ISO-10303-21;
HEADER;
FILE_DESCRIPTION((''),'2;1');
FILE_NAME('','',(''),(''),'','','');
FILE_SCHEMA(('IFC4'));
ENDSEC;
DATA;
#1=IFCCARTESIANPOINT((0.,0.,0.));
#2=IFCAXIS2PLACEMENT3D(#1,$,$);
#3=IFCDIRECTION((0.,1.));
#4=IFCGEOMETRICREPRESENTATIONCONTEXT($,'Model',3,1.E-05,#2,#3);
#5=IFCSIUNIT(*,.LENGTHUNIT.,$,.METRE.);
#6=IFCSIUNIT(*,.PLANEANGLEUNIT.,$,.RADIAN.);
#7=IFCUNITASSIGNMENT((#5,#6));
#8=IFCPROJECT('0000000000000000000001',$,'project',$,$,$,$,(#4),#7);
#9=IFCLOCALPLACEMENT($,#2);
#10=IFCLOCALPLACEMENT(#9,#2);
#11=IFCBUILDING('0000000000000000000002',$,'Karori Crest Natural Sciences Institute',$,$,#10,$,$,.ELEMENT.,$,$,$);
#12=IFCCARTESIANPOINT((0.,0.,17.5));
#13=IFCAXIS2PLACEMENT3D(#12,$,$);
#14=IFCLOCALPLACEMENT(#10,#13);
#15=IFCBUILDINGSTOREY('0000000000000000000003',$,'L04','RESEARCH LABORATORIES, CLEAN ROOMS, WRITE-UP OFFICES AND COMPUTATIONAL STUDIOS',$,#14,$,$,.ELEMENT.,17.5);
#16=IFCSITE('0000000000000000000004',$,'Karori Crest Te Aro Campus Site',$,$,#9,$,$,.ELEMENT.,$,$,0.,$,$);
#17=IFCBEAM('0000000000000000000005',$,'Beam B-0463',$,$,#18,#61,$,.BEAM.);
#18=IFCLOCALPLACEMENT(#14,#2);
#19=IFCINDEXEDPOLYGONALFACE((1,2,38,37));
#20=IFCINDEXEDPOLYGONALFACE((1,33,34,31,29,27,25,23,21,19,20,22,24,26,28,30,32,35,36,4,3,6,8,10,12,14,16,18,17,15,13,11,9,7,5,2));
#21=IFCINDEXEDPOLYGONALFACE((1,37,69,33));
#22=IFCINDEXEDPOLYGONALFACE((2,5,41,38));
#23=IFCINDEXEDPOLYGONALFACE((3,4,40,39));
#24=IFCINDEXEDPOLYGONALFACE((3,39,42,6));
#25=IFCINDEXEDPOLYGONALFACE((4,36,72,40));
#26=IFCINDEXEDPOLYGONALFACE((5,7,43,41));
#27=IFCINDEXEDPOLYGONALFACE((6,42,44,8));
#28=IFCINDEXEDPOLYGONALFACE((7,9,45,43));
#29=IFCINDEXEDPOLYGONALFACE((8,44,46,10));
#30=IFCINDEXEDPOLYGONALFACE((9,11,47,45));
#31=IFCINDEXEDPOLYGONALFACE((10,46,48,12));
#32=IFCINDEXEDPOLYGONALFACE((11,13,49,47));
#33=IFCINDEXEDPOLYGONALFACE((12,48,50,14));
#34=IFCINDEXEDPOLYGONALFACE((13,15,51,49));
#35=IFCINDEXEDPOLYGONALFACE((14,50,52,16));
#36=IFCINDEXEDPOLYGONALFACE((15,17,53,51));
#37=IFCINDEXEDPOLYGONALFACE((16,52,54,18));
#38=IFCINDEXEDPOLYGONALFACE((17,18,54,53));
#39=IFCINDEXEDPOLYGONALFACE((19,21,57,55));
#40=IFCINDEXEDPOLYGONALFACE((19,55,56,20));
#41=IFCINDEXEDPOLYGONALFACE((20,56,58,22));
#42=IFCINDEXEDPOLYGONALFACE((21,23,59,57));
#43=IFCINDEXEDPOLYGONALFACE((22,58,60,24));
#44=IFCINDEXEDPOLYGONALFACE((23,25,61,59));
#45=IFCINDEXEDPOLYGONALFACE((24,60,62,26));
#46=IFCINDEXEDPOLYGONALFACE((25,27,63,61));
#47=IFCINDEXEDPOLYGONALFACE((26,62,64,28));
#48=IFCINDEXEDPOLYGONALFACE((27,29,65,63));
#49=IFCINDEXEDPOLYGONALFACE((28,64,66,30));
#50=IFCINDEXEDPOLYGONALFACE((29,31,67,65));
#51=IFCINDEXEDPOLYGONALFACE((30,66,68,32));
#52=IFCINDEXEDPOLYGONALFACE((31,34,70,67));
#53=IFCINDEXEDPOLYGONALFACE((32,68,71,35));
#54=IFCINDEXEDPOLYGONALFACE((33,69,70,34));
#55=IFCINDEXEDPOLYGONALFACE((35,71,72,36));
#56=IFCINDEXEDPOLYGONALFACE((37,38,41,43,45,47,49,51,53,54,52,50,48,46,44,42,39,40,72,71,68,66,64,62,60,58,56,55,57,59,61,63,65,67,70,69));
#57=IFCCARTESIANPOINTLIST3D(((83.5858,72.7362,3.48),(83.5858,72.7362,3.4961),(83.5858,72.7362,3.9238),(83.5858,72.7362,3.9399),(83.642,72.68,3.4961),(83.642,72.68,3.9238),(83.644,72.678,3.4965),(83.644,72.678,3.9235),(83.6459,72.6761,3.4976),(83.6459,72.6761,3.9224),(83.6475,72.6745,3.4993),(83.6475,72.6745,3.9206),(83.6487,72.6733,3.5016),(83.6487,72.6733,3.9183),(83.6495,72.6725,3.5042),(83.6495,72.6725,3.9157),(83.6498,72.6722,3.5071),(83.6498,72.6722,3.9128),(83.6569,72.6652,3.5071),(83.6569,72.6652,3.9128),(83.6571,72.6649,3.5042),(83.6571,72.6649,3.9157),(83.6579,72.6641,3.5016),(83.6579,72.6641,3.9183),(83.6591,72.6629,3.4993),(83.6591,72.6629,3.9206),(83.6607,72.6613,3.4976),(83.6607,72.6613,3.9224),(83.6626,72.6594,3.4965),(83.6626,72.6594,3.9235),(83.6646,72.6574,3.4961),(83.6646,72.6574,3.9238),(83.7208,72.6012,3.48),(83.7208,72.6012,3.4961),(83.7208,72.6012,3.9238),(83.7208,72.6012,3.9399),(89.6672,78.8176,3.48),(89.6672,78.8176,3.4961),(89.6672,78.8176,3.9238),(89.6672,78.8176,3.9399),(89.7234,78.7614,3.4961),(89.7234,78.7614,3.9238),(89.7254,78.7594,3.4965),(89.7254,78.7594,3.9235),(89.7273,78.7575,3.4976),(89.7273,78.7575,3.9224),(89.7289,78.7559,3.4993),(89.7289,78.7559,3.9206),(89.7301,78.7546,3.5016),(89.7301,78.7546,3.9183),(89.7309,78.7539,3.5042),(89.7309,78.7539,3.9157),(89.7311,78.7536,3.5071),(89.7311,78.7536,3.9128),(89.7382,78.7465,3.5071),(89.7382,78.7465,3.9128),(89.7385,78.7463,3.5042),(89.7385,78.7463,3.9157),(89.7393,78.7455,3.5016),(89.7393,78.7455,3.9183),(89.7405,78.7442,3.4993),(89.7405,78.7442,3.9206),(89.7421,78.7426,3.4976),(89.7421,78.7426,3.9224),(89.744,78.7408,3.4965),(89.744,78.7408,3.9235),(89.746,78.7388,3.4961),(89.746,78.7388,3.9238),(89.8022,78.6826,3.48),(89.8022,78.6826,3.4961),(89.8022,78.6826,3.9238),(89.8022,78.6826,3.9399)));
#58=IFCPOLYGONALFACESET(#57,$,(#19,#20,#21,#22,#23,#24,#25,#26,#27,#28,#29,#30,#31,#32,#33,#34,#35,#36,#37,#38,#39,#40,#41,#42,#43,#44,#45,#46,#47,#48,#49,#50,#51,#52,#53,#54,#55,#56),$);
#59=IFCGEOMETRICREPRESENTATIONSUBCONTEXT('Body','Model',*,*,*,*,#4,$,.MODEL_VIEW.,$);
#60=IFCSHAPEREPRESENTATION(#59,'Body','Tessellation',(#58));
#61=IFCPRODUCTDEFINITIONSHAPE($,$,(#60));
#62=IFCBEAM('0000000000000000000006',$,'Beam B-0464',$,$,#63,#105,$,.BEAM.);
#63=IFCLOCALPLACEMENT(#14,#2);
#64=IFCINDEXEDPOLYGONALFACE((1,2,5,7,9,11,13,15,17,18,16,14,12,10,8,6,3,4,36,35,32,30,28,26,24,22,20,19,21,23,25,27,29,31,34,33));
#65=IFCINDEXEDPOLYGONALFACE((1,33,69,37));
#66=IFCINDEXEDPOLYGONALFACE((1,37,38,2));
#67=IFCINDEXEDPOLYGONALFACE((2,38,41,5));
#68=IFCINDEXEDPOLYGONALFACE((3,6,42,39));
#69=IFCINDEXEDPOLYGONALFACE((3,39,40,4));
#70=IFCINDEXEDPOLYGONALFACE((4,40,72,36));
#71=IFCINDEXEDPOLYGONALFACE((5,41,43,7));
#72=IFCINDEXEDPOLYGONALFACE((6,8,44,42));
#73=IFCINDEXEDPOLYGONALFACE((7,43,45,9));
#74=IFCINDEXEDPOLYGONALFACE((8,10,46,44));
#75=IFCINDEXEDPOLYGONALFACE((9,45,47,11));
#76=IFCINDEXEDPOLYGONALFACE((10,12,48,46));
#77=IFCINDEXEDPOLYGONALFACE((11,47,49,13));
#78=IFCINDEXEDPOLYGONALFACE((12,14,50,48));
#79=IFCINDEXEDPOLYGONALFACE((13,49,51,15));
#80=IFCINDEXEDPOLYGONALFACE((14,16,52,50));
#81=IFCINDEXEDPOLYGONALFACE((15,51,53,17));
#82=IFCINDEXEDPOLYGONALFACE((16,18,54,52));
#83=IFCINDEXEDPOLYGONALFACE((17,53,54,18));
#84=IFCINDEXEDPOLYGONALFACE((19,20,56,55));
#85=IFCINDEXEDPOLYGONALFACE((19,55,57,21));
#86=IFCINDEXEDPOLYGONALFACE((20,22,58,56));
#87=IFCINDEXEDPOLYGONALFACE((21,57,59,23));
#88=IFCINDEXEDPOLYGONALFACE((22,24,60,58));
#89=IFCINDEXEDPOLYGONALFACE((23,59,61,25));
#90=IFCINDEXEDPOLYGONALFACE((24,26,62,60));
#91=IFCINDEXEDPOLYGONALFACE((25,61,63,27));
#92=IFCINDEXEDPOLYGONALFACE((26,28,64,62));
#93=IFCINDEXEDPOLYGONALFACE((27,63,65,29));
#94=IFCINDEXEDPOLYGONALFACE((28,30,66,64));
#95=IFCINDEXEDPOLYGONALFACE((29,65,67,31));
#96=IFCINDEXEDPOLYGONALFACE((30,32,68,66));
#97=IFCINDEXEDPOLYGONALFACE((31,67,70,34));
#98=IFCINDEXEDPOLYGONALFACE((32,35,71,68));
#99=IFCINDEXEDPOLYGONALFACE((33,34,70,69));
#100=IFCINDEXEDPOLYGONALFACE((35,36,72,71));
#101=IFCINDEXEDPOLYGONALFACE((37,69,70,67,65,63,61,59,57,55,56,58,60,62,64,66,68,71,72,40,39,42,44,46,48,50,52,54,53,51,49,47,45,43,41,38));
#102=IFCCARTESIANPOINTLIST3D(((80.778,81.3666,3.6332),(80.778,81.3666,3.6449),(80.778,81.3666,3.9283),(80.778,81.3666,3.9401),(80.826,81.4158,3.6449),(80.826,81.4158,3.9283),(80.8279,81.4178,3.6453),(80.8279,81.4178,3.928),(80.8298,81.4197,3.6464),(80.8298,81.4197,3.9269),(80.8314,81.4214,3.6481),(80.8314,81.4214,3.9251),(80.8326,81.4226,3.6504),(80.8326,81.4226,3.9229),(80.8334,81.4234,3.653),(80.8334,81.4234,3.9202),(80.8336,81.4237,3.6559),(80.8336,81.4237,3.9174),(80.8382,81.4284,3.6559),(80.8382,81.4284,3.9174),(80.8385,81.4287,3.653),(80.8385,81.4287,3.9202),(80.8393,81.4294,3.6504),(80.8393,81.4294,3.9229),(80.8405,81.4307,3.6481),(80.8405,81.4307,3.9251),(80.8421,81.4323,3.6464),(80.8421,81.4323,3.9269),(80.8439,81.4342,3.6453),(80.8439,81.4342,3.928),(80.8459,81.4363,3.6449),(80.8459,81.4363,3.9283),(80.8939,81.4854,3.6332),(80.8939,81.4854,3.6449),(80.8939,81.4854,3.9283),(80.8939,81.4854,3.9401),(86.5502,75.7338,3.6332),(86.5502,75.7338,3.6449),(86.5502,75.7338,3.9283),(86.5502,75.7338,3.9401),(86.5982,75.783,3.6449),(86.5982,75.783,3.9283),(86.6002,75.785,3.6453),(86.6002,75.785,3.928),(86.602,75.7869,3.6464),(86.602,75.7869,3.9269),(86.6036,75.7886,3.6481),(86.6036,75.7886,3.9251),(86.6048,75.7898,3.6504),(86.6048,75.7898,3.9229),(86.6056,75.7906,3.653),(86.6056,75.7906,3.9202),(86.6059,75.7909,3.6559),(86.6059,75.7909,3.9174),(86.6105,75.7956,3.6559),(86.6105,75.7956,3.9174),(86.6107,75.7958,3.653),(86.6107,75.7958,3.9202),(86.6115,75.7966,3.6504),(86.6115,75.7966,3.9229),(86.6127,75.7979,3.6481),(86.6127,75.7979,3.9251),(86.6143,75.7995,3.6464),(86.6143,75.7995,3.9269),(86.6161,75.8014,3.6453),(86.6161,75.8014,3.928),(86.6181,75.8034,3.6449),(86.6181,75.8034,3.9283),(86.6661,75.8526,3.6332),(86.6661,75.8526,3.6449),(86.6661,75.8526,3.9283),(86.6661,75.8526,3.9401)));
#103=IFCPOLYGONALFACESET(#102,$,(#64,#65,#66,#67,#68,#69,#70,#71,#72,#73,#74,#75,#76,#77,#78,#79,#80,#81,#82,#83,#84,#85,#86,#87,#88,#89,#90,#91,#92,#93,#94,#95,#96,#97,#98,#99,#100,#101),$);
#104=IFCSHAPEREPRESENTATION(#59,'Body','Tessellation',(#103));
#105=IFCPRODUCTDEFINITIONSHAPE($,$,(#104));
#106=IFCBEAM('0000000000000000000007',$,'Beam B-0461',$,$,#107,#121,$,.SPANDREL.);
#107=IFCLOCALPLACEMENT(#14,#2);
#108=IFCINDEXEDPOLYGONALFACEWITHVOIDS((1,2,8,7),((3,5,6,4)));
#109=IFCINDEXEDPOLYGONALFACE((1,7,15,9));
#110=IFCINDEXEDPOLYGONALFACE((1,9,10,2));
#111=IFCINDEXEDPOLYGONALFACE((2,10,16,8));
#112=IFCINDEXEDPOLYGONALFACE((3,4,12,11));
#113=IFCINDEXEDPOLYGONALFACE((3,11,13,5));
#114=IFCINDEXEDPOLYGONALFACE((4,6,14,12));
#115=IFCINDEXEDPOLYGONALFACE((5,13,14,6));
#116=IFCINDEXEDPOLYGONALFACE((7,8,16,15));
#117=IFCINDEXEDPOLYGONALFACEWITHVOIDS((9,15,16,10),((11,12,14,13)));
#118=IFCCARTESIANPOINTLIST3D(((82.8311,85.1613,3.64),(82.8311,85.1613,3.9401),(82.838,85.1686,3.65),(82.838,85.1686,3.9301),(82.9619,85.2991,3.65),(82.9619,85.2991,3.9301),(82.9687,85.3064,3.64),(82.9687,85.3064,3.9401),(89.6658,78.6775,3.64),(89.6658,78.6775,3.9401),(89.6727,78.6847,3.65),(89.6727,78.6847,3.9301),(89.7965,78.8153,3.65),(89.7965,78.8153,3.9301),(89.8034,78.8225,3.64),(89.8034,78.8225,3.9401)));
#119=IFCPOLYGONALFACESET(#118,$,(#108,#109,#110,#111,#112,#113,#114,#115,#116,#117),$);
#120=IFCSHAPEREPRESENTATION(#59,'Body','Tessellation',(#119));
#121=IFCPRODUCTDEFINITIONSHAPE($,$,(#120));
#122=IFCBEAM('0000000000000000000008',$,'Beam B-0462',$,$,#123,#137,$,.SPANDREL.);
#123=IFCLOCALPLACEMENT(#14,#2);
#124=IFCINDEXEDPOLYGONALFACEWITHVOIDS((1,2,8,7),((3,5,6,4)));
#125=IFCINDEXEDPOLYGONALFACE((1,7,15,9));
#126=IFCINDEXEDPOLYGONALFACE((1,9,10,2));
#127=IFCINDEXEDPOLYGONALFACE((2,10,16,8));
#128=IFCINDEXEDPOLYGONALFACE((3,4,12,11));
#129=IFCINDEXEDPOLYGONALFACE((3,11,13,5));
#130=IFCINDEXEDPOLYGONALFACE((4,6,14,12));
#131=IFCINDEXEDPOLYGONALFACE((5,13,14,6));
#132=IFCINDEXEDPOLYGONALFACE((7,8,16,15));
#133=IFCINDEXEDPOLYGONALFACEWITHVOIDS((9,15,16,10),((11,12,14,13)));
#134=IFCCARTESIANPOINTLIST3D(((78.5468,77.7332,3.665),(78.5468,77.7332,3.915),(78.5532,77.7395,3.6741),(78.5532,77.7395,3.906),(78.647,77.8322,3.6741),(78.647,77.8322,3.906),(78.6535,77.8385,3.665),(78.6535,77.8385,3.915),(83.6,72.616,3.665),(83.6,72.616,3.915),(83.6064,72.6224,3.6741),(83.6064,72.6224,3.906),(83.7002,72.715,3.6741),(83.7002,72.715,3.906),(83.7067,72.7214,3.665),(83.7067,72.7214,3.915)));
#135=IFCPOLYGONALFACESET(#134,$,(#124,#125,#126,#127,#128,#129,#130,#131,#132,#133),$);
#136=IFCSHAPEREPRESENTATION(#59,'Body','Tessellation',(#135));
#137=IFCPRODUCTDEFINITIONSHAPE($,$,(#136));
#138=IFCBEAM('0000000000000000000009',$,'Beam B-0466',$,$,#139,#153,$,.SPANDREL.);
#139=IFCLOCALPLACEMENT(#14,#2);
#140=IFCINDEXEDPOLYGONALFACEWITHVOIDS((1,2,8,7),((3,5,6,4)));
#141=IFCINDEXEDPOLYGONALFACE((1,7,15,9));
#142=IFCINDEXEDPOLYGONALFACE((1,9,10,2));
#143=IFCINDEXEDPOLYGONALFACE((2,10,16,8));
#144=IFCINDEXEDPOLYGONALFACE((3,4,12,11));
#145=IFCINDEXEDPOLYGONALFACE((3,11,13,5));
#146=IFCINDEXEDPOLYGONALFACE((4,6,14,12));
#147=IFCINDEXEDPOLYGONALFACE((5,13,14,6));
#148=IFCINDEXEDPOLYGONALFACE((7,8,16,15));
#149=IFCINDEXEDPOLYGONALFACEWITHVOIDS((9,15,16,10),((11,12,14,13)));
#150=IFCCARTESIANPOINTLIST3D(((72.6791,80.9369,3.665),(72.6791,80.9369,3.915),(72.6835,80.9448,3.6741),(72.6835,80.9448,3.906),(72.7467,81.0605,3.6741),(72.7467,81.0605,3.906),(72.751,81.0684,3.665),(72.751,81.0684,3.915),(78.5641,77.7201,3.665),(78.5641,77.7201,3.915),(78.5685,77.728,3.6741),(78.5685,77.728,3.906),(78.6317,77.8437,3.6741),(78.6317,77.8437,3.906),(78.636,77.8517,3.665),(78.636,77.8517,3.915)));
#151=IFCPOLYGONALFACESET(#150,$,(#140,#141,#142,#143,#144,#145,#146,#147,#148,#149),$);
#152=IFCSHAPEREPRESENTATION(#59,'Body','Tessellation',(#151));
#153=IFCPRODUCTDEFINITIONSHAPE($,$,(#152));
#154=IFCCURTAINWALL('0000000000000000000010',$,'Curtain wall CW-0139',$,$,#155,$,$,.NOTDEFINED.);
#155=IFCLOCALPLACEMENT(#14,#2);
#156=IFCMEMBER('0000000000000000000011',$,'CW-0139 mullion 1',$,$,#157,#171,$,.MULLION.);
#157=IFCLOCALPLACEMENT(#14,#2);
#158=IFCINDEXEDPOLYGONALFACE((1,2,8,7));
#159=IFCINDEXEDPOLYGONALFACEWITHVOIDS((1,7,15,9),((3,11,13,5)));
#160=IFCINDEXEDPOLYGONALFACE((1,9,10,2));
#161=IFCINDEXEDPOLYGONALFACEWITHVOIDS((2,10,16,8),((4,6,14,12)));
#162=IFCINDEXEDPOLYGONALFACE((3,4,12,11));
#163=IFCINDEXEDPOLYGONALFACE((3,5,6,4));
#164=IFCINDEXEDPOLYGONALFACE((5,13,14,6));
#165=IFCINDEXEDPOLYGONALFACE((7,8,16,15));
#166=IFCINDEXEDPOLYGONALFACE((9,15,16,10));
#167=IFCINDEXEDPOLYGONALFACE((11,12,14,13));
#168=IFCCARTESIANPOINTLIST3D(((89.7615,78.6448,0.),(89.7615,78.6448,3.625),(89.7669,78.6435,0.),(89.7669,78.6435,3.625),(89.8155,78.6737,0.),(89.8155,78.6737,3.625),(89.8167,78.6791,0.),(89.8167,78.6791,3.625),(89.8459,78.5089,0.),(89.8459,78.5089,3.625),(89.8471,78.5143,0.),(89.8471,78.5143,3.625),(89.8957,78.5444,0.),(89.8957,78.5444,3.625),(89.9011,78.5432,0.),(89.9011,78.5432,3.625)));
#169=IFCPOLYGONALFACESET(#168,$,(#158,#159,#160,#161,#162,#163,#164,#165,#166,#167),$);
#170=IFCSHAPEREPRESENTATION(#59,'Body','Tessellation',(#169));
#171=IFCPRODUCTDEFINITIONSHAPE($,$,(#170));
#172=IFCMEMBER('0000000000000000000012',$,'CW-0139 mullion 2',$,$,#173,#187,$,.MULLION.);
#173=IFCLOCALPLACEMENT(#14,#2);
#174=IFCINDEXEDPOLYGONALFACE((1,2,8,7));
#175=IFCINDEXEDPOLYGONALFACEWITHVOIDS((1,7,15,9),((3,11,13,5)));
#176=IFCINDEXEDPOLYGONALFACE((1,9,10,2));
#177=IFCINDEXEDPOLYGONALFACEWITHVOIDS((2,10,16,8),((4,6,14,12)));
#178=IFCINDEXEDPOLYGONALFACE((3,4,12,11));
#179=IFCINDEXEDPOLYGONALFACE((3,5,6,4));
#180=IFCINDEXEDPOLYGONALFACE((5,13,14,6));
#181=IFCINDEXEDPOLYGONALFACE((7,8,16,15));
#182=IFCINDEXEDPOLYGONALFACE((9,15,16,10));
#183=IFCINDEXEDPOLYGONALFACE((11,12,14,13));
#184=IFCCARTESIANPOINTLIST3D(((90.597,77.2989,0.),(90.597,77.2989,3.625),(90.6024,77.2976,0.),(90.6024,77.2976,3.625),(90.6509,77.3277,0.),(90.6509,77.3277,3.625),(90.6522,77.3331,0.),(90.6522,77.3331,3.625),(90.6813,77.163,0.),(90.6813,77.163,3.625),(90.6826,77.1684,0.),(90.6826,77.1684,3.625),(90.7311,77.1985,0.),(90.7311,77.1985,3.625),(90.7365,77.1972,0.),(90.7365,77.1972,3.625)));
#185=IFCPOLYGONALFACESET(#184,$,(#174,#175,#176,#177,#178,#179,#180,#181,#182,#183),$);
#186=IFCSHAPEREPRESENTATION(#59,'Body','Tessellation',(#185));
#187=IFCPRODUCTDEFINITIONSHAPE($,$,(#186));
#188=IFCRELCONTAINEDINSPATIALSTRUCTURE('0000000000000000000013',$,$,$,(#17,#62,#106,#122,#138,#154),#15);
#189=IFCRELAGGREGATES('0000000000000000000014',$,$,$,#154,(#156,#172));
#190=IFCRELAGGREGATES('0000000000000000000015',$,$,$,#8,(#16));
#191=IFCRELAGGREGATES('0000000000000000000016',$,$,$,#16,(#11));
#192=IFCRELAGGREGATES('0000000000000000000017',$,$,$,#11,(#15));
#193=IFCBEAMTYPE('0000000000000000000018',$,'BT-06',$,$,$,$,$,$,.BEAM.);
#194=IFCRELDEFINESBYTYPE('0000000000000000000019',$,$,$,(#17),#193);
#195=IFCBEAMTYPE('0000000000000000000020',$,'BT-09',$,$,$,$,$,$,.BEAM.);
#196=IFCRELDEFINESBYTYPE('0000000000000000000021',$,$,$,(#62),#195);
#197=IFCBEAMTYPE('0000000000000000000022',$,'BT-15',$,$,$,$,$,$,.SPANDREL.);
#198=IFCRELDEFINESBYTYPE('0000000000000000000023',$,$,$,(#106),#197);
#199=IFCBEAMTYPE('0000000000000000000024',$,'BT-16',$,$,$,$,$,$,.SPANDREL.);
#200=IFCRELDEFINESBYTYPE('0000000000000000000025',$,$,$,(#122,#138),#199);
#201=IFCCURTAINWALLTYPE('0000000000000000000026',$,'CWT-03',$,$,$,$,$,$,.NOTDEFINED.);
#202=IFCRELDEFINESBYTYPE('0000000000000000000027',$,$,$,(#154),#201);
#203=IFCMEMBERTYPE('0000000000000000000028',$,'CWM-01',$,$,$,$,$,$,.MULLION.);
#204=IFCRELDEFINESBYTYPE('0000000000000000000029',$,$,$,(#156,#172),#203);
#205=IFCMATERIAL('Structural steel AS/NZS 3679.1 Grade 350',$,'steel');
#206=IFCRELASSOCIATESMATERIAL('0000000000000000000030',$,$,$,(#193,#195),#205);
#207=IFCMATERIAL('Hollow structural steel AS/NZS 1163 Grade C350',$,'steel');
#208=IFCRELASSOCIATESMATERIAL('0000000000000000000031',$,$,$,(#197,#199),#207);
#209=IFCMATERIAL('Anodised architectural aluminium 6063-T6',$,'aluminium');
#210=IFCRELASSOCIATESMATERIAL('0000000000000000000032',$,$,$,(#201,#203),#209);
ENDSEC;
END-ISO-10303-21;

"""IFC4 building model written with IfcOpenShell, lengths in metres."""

from ifc_helpers import new_model, si_unit, direction, frame, origin, origin_2d, place, context, subcontext, project, spatial, hollow_rectangle, i_section, extrude, material, material_profile, profile_set, type_object, element, aggregate, save


model = new_model("IFC4")

# Units and contexts
model_context = context("Model", 3, precision=1e-05, world=origin(), true_north=direction((0.0, 1.0)))
body_context = subcontext(model_context, "Body", "Model", "MODEL_VIEW")
ifc_project = project(units=[si_unit("LENGTHUNIT", "METRE"), si_unit("PLANEANGLEUNIT", "RADIAN")], contexts=[model_context])

# Site, building, storey
site_placement = place(None, origin())
site = spatial("IfcSite", under=ifc_project, at=site_placement, Name="Karori Crest Te Aro Campus Site", CompositionType="ELEMENT", RefElevation=0.0)
building_placement = place(site_placement, origin())
building = spatial("IfcBuilding", under=site, at=building_placement, Name="Karori Crest Natural Sciences Institute", CompositionType="ELEMENT")
storey_placement = place(building_placement, frame((0.0, 0.0, 17.5)))
storey = spatial("IfcBuildingStorey", under=building, at=storey_placement, Name="L04", Description="RESEARCH LABORATORIES, CLEAN ROOMS, WRITE-UP OFFICES AND COMPUTATIONAL STUDIOS", CompositionType="ELEMENT", Elevation=17.5)

# Shared definitions
ifc_material_1 = material(Name="Structural steel AS/NZS 3679.1 Grade 350", Category="steel")

# Beams
ifc_material_profile_1 = material_profile(ifc_material_1, i_section(OverallWidth=0.1909, OverallDepth=0.46, WebThickness=0.01, FlangeThickness=0.0161, FilletRadius=0.011, at=origin_2d()), Name="460UB82.1")
ifc_profile_set_1 = profile_set([ifc_material_profile_1], Name="Structural steel AS/NZS 3679.1 Grade 350")
beam_type_1 = type_object("IfcBeamType", Name="BT-06", PredefinedType="BEAM", material=ifc_profile_set_1)
beam_1_placement = place(storey_placement, frame((83.6533, 72.6687, 3.71), z_axis=(0.707107, 0.707107, 0.0), x_axis=(-0.707107, 0.707107, 0.0)))
element("IfcBeam", 1, at=beam_1_placement, inside=storey, type_object=beam_type_1, Name="Beam B-0463", PredefinedType="BEAM", context=body_context, shape_type="SweptSolid", body=[
    extrude(i_section(OverallWidth=0.1909, OverallDepth=0.46, WebThickness=0.01, FlangeThickness=0.0161, FilletRadius=0.011, at=origin_2d()), origin(), (0.0, 0.0, 1.0), 8.6003),
])
ifc_material_profile_2 = material_profile(ifc_material_1, i_section(OverallWidth=0.166, OverallDepth=0.3069, WebThickness=0.0066, FlangeThickness=0.0117, FilletRadius=0.011, at=origin_2d()), Name="310UB46.2")
ifc_profile_set_2 = profile_set([ifc_material_profile_2], Name="Structural steel AS/NZS 3679.1 Grade 350")
beam_type_2 = type_object("IfcBeamType", Name="BT-09", PredefinedType="BEAM", material=ifc_profile_set_2)
beam_2_placement = place(storey_placement, frame((86.6082, 75.7932, 3.7866), z_axis=(-0.715696, 0.698412, 0.0), x_axis=(-0.698412, -0.715696, 0.0)))
element("IfcBeam", 2, at=beam_2_placement, inside=storey, type_object=beam_type_2, Name="Beam B-0464", PredefinedType="BEAM", context=body_context, shape_type="SweptSolid", body=[
    extrude(i_section(OverallWidth=0.166, OverallDepth=0.3069, WebThickness=0.0066, FlangeThickness=0.0117, FilletRadius=0.011, at=origin_2d()), origin(), (0.0, 0.0, 1.0), 8.0652),
])
ifc_material_2 = material(Name="Hollow structural steel AS/NZS 1163 Grade C350", Category="steel")
ifc_material_profile_3 = material_profile(ifc_material_2, hollow_rectangle(XDim=0.2, YDim=0.3, WallThickness=0.01, at=origin_2d()), Name="RHS300x200x10")
ifc_profile_set_3 = profile_set([ifc_material_profile_3], Name="Hollow structural steel AS/NZS 1163 Grade C350")
beam_type_3 = type_object("IfcBeamType", Name="BT-15", PredefinedType="SPANDREL", material=ifc_profile_set_3)
beam_3_placement = place(storey_placement, frame((89.7346, 78.75, 3.79), z_axis=(-0.725481, 0.688242, 0.0), x_axis=(-0.688242, -0.725481, 0.0)))
element("IfcBeam", 3, at=beam_3_placement, inside=storey, type_object=beam_type_3, Name="Beam B-0461", PredefinedType="SPANDREL", context=body_context, shape_type="SweptSolid", body=[
    extrude(hollow_rectangle(XDim=0.2, YDim=0.3, WallThickness=0.01, at=origin_2d()), origin(), (0.0, 0.0, 1.0), 9.4209),
])
ifc_material_profile_4 = material_profile(ifc_material_2, hollow_rectangle(XDim=0.1499, YDim=0.25, WallThickness=0.009, at=origin_2d()), Name="RHS250x150x9")
ifc_profile_set_4 = profile_set([ifc_material_profile_4], Name="Hollow structural steel AS/NZS 1163 Grade C350")
beam_type_4 = type_object("IfcBeamType", Name="BT-16", PredefinedType="SPANDREL", material=ifc_profile_set_4)
beam_4_placement = place(storey_placement, frame((83.6533, 72.6687, 3.79), z_axis=(-0.702646, 0.71154, 0.0), x_axis=(-0.71154, -0.702646, 0.0)))
element("IfcBeam", 4, at=beam_4_placement, inside=storey, type_object=beam_type_4, Name="Beam B-0462", PredefinedType="SPANDREL", context=body_context, shape_type="SweptSolid", body=[
    extrude(hollow_rectangle(XDim=0.1499, YDim=0.25, WallThickness=0.009, at=origin_2d()), origin(), (0.0, 0.0, 1.0), 7.1917),
])
beam_5_placement = place(storey_placement, frame((78.6001, 77.7859, 3.79), z_axis=(-0.87747, 0.479632, 0.0), x_axis=(-0.479632, -0.87747, 0.0)))
element("IfcBeam", 5, at=beam_5_placement, inside=storey, type_object=beam_type_4, Name="Beam B-0466", PredefinedType="SPANDREL", context=body_context, shape_type="SweptSolid", body=[
    extrude(hollow_rectangle(XDim=0.1499, YDim=0.25, WallThickness=0.009, at=origin_2d()), origin(), (0.0, 0.0, 1.0), 6.7068),
])

# Curtain wall, members
ifc_material_3 = material(Name="Anodised architectural aluminium 6063-T6", Category="aluminium")
curtain_wall_type_1 = type_object("IfcCurtainWallType", Name="CWT-03", PredefinedType="NOTDEFINED", material=ifc_material_3)
curtain_wall_1_placement = place(storey_placement, origin())
curtain_wall_1 = element("IfcCurtainWall", 6, at=curtain_wall_1_placement, inside=storey, type_object=curtain_wall_type_1, Name="Curtain wall CW-0139", PredefinedType="NOTDEFINED")
ifc_material_profile_5 = material_profile(ifc_material_3, hollow_rectangle(XDim=0.0649, YDim=0.1599, WallThickness=0.0039, at=origin_2d()), Name="CWM160x65x4")
ifc_profile_set_5 = profile_set([ifc_material_profile_5], Name="Anodised architectural aluminium 6063-T6")
member_type_1 = type_object("IfcMemberType", Name="CWM-01", PredefinedType="MULLION", material=ifc_profile_set_5)
member_1_placement = place(storey_placement, frame((89.8313, 78.594, 0.0), z_axis=(0.0, 0.0, 1.0), x_axis=(0.849662, 0.527328, 0.0)))
member_1 = element("IfcMember", 7, at=member_1_placement, type_object=member_type_1, Name="CW-0139 mullion 1", PredefinedType="MULLION", context=body_context, shape_type="SweptSolid", body=[
    extrude(hollow_rectangle(XDim=0.0649, YDim=0.1599, WallThickness=0.0039, at=origin_2d()), origin(), (0.0, 0.0, 1.0), 3.625),
])
member_2_placement = place(storey_placement, frame((90.6667, 77.248, 0.0), z_axis=(0.0, 0.0, 1.0), x_axis=(0.849662, 0.527328, 0.0)))
member_2 = element("IfcMember", 8, at=member_2_placement, type_object=member_type_1, Name="CW-0139 mullion 2", PredefinedType="MULLION", context=body_context, shape_type="SweptSolid", body=[
    extrude(hollow_rectangle(XDim=0.0649, YDim=0.1599, WallThickness=0.0039, at=origin_2d()), origin(), (0.0, 0.0, 1.0), 3.625),
])

aggregate(curtain_wall_1, [member_1, member_2])

save(model, "model.ifc")
